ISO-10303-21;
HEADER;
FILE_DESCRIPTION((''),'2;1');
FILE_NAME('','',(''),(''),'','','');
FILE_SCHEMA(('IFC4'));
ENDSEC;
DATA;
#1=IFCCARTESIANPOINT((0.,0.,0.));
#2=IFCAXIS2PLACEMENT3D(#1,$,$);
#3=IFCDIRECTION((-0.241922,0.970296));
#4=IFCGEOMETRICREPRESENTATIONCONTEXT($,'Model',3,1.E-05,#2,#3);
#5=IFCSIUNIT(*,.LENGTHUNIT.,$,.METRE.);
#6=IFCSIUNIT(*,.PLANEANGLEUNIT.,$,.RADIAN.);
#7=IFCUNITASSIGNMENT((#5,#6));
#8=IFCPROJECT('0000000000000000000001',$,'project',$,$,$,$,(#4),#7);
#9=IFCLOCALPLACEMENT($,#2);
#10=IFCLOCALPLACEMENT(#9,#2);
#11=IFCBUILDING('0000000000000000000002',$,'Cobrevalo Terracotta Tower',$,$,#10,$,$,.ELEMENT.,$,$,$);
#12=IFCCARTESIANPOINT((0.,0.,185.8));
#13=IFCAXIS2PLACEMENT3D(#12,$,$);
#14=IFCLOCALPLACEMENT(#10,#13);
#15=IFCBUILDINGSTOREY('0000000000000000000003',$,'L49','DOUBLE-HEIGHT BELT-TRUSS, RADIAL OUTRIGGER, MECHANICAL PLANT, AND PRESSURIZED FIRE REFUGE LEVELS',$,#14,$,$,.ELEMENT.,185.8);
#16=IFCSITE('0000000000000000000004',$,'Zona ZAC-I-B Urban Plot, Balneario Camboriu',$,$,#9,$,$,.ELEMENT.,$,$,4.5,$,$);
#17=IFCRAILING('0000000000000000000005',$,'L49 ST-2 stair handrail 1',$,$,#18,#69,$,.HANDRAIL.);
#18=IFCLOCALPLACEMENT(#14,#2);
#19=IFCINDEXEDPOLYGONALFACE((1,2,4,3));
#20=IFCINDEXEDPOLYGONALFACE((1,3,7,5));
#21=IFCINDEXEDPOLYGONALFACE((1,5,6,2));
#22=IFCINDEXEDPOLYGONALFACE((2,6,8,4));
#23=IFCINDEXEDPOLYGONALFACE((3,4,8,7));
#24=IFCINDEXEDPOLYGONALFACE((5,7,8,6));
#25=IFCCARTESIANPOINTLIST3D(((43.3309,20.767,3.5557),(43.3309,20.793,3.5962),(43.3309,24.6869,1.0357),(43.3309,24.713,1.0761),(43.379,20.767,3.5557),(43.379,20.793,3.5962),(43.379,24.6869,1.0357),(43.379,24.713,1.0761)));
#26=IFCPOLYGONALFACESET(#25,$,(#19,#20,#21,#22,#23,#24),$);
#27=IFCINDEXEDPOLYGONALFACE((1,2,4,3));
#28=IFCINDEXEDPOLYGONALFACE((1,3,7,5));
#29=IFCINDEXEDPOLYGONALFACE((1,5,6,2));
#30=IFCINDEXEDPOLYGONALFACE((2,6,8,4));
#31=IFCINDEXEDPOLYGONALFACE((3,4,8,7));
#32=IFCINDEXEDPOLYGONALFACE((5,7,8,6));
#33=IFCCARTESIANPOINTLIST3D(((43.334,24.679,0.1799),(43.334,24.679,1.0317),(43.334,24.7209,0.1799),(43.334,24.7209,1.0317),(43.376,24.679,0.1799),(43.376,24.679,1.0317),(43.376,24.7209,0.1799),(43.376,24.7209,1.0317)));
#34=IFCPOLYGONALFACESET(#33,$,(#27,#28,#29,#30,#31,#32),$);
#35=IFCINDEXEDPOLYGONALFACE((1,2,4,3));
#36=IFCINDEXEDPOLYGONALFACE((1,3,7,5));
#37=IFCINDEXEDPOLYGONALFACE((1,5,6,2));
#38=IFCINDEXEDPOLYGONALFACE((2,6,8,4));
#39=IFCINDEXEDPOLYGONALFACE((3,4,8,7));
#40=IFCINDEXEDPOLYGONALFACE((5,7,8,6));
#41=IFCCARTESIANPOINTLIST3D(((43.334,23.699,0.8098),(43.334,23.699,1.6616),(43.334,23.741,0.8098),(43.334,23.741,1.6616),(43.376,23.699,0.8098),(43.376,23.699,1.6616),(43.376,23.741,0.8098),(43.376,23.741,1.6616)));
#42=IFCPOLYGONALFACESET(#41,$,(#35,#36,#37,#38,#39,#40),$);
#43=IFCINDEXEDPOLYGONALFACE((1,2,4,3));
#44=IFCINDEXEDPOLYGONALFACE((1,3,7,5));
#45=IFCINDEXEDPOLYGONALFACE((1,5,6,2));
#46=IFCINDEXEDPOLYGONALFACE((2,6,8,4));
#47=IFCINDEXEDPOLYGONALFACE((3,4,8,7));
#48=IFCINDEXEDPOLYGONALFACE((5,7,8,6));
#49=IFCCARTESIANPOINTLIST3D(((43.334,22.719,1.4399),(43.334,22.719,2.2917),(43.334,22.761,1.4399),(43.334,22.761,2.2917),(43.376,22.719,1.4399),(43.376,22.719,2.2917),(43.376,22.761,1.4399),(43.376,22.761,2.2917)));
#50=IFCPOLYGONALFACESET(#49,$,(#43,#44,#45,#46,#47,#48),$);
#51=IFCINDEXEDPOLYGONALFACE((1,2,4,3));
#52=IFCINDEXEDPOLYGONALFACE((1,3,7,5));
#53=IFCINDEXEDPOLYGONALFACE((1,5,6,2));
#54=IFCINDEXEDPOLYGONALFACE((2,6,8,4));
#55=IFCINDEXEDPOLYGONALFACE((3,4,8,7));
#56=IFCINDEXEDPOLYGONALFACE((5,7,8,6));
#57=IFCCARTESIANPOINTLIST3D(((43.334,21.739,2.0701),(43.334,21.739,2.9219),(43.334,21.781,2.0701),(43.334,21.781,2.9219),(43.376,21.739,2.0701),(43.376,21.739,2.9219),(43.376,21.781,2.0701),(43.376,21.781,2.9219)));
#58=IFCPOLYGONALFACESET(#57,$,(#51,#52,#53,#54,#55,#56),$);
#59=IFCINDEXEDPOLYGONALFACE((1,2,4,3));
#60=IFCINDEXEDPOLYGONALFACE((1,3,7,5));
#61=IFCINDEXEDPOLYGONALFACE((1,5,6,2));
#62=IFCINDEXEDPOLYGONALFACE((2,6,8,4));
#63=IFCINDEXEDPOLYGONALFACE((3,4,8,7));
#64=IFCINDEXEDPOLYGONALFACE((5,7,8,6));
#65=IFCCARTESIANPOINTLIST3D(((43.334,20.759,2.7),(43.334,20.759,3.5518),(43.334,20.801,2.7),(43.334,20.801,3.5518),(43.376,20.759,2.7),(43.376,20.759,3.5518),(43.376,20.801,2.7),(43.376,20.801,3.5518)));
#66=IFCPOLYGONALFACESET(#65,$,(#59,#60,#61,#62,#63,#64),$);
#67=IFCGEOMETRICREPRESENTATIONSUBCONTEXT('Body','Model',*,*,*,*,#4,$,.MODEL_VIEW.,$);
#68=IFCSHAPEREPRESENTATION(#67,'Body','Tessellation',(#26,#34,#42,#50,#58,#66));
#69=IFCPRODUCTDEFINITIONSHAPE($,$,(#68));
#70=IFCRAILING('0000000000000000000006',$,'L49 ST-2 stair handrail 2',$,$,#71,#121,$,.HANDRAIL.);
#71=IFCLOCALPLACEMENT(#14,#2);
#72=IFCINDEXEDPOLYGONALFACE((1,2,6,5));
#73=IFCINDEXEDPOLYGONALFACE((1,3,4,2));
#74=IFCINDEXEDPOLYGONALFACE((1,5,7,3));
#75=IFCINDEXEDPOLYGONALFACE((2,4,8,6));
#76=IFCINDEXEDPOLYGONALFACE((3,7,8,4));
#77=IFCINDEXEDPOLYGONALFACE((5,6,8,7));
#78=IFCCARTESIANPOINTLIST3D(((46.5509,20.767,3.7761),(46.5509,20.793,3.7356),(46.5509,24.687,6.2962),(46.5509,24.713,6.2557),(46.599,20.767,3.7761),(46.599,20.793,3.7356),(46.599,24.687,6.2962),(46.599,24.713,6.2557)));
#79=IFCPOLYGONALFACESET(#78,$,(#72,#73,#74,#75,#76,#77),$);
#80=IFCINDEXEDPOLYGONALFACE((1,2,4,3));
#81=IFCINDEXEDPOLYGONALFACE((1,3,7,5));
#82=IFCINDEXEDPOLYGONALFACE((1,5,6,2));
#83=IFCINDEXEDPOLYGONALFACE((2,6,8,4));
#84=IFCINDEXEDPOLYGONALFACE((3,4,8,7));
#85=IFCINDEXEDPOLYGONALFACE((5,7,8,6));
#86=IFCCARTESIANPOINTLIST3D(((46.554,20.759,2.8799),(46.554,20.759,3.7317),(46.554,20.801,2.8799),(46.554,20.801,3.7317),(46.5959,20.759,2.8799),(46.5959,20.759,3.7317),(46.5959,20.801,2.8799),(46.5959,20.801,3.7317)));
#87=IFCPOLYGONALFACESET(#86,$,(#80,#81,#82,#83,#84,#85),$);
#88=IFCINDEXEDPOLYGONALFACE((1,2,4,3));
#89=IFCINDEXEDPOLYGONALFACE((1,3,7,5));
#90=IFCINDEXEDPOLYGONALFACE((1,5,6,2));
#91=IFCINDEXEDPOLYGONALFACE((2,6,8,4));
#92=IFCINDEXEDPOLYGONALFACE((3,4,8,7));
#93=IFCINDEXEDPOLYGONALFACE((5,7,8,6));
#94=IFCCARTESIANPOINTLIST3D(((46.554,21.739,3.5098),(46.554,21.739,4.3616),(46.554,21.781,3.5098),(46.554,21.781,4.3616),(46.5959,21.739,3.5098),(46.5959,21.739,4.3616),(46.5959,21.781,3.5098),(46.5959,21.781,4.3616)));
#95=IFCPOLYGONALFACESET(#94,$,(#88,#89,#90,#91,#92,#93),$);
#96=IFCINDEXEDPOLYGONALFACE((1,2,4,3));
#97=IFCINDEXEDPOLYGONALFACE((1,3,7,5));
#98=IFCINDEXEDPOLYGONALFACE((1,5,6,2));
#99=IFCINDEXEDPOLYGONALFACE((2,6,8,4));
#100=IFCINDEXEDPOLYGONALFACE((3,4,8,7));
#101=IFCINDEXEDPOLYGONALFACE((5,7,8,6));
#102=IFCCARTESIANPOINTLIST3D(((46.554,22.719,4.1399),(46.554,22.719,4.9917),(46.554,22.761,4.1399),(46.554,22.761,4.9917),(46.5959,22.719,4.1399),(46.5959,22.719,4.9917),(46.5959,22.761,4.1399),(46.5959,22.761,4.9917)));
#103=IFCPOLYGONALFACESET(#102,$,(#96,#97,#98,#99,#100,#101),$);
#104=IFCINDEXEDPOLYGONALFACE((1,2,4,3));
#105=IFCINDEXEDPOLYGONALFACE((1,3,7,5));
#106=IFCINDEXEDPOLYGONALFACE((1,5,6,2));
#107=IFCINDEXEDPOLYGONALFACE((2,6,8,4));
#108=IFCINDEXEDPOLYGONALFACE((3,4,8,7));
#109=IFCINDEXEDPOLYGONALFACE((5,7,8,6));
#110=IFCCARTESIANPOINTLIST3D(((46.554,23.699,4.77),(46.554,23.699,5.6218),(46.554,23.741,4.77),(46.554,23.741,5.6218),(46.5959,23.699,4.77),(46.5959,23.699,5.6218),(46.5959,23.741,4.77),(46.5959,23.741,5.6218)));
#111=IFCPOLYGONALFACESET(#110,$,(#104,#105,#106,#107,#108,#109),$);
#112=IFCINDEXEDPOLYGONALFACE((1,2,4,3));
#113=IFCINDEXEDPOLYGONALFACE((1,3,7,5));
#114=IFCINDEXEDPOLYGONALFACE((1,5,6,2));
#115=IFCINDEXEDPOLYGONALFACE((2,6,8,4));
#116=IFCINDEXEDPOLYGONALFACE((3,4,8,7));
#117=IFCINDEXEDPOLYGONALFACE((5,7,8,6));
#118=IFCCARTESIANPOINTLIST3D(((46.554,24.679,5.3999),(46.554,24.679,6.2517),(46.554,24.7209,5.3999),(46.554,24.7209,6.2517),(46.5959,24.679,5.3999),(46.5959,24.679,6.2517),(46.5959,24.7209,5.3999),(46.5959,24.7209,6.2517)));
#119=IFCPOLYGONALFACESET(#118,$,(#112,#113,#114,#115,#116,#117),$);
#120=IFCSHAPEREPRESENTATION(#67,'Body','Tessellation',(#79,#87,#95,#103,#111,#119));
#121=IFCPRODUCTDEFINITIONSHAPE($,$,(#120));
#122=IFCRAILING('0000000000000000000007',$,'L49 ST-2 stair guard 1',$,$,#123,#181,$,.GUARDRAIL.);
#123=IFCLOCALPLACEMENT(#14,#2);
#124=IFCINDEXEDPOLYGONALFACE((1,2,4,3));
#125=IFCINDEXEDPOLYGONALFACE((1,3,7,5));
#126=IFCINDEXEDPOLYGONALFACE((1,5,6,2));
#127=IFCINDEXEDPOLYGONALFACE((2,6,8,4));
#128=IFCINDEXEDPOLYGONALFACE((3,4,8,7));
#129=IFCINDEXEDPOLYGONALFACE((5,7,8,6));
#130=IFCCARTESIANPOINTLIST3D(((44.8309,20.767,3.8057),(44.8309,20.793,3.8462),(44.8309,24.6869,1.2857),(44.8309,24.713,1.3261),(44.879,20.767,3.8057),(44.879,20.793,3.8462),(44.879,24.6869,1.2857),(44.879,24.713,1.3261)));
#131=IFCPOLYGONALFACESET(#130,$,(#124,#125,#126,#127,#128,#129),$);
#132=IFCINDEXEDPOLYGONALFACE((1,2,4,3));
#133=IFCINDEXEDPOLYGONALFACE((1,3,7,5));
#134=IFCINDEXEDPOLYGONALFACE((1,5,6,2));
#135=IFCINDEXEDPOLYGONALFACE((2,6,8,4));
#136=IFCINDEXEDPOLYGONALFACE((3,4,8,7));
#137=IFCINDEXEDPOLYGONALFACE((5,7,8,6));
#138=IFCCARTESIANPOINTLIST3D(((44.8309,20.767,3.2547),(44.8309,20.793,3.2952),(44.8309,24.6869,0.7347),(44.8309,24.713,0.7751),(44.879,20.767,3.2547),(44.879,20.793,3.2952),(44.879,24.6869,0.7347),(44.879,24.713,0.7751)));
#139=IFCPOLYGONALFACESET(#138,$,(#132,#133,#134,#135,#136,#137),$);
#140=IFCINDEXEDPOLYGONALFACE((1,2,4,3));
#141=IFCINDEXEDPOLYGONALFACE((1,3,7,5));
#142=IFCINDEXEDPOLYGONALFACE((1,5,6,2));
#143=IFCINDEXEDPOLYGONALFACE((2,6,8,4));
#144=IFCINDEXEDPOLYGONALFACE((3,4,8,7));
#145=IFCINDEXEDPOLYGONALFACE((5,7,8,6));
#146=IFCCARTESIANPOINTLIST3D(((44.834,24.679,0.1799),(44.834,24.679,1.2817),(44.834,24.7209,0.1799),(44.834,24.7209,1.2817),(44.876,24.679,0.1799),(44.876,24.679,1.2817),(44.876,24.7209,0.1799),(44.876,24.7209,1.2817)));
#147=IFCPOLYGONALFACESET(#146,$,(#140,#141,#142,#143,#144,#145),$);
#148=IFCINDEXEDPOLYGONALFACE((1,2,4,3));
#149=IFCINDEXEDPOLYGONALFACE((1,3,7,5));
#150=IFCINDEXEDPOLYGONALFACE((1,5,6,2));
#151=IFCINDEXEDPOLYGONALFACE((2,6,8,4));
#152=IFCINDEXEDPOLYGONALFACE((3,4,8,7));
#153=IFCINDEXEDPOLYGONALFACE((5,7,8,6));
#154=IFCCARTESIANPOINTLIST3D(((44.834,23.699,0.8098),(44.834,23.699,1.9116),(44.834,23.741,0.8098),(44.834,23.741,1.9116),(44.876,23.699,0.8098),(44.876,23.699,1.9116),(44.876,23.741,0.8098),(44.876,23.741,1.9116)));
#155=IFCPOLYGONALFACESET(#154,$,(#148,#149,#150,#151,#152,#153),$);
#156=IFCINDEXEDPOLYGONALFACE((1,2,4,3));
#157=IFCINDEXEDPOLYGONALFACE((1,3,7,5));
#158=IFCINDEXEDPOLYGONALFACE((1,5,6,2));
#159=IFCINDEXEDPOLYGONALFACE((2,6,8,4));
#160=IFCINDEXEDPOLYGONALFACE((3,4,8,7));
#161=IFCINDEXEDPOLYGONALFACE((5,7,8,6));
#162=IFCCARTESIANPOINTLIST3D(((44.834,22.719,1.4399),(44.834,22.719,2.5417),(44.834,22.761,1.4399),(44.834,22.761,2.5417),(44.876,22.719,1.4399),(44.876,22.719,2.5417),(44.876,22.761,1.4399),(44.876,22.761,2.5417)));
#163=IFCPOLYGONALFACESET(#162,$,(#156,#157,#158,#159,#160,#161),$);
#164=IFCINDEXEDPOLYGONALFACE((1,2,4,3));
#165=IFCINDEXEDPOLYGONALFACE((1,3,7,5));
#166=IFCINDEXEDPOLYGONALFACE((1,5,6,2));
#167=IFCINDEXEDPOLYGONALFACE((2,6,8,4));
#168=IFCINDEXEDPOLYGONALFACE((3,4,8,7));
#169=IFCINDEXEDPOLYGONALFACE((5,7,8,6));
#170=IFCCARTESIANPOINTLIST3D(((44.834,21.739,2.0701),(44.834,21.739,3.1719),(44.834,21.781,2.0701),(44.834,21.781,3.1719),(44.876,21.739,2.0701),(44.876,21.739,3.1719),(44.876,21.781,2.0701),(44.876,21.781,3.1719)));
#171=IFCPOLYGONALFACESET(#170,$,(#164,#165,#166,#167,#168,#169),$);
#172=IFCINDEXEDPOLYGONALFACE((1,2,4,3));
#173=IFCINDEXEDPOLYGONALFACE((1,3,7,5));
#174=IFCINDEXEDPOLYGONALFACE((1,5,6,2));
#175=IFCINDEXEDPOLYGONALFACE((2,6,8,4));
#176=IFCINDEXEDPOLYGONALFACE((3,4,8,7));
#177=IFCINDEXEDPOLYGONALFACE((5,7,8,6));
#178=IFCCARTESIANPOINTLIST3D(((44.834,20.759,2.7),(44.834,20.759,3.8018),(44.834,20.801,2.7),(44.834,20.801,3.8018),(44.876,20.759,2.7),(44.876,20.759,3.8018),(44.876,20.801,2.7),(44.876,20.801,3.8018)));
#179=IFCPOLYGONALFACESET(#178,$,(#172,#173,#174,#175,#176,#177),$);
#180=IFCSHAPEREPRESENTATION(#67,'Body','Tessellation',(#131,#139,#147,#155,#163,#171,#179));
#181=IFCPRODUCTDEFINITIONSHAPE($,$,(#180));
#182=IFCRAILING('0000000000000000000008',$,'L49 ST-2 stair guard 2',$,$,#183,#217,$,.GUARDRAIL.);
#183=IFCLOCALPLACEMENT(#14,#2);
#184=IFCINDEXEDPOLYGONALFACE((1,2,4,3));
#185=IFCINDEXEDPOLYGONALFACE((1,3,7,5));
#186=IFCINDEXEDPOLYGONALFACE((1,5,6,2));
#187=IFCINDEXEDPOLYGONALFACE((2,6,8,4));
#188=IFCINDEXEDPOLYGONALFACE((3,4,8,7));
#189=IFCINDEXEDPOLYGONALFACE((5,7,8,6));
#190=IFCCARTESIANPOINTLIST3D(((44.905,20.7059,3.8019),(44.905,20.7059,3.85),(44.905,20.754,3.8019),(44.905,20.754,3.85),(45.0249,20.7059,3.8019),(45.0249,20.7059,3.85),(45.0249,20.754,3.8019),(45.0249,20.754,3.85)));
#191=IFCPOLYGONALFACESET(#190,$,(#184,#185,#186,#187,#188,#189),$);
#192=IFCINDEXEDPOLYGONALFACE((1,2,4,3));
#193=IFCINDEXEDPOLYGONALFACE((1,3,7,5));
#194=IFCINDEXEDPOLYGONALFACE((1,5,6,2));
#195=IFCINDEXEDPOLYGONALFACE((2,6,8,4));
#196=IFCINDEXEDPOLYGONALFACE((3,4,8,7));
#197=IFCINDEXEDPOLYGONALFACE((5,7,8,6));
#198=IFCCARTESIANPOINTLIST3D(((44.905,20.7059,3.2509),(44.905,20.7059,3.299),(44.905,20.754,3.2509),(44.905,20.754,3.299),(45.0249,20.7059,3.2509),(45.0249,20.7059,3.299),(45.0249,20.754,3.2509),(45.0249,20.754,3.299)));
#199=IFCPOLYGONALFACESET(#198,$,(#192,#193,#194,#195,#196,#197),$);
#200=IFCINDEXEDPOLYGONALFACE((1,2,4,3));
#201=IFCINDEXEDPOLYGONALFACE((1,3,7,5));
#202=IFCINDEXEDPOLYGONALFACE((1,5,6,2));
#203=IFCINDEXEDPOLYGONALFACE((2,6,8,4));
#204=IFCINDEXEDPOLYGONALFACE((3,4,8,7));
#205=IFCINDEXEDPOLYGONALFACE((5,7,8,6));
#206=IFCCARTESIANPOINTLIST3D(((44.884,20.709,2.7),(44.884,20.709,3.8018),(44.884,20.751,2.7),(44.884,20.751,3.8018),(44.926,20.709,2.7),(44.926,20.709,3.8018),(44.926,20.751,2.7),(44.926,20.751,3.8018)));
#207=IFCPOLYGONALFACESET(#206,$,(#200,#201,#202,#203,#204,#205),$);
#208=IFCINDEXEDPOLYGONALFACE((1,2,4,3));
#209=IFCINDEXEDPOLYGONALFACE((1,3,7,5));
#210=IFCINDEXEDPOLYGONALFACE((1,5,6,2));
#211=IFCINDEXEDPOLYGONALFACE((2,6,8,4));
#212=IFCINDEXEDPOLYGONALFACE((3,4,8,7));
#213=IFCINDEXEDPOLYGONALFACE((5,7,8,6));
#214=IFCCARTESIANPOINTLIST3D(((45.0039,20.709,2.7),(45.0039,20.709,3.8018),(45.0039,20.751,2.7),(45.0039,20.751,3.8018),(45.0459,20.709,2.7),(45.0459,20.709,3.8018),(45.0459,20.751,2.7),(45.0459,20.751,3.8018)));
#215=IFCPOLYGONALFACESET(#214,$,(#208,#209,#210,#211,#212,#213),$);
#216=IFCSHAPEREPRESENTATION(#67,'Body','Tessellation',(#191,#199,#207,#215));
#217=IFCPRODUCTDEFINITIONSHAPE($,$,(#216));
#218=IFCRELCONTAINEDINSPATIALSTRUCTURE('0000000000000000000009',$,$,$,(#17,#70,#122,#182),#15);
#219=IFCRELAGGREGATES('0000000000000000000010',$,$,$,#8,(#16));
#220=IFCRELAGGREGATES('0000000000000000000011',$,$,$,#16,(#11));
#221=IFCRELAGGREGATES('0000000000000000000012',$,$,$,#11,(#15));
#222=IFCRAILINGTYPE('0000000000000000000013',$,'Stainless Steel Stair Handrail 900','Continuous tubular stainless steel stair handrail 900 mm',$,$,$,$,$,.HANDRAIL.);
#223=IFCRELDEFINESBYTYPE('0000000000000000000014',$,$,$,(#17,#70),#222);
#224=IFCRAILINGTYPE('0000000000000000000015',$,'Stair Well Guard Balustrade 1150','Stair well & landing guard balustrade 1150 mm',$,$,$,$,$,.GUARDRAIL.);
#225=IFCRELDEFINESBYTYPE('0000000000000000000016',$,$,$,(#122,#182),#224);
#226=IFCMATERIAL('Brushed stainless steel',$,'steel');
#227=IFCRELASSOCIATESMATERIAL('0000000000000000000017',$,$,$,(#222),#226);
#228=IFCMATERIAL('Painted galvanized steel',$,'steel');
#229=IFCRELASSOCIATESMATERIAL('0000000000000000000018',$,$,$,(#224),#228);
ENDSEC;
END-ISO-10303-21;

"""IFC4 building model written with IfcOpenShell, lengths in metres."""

from ifc_helpers import new_model, si_unit, direction, frame, origin, origin_2d, place, context, subcontext, project, spatial, rectangle, extrude, material, type_object, element, save


model = new_model("IFC4")

# Units and contexts
model_context = context("Model", 3, precision=1e-05, world=origin(), true_north=direction((-0.241922, 0.970296)))
body_context = subcontext(model_context, "Body", "Model", "MODEL_VIEW")
ifc_project = project(units=[si_unit("LENGTHUNIT", "METRE"), si_unit("PLANEANGLEUNIT", "RADIAN")], contexts=[model_context])

# Site, building, storey
site_placement = place(None, origin())
site = spatial("IfcSite", under=ifc_project, at=site_placement, Name="Zona ZAC-I-B Urban Plot, Balneario Camboriu", CompositionType="ELEMENT", RefElevation=4.5)
building_placement = place(site_placement, origin())
building = spatial("IfcBuilding", under=site, at=building_placement, Name="Cobrevalo Terracotta Tower", CompositionType="ELEMENT")
storey_placement = place(building_placement, frame((0.0, 0.0, 185.8)))
storey = spatial("IfcBuildingStorey", under=building, at=storey_placement, Name="L49", Description="DOUBLE-HEIGHT BELT-TRUSS, RADIAL OUTRIGGER, MECHANICAL PLANT, AND PRESSURIZED FIRE REFUGE LEVELS", CompositionType="ELEMENT", Elevation=185.8)

# Railings
ifc_material_1 = material(Name="Brushed stainless steel", Category="steel")
railing_type_1 = type_object("IfcRailingType", Name="Stainless Steel Stair Handrail 900", Description="Continuous tubular stainless steel stair handrail 900 mm", PredefinedType="HANDRAIL", material=ifc_material_1)
railing_1_placement = place(storey_placement, frame((43.355, 24.7, 0.1799)))
element("IfcRailing", 1, at=railing_1_placement, inside=storey, type_object=railing_type_1, Name="L49 ST-2 stair handrail 1", PredefinedType="HANDRAIL", context=body_context, shape_type="SweptSolid", body=[
    extrude(rectangle(XDim=0.0481, YDim=0.0481, at=origin_2d()), frame((0.0, 0.0, 0.876), z_axis=(0.0, -0.841172, 0.540768), x_axis=(1.0, 0.0, 0.0)), (0.0, 0.0, 1.0), 4.6602),
    extrude(rectangle(XDim=0.042, YDim=0.042, at=origin_2d()), origin(), (0.0, 0.0, 1.0), 0.8518),
    extrude(rectangle(XDim=0.042, YDim=0.042, at=origin_2d()), frame((0.0, -0.98, 0.6299)), (0.0, 0.0, 1.0), 0.8518),
    extrude(rectangle(XDim=0.042, YDim=0.042, at=origin_2d()), frame((0.0, -1.96, 1.26)), (0.0, 0.0, 1.0), 0.8518),
    extrude(rectangle(XDim=0.042, YDim=0.042, at=origin_2d()), frame((0.0, -2.9399, 1.8901)), (0.0, 0.0, 1.0), 0.8518),
    extrude(rectangle(XDim=0.042, YDim=0.042, at=origin_2d()), frame((0.0, -3.9199, 2.52)), (0.0, 0.0, 1.0), 0.8518),
])
railing_2_placement = place(storey_placement, frame((46.575, 20.78, 2.8799)))
element("IfcRailing", 2, at=railing_2_placement, inside=storey, type_object=railing_type_1, Name="L49 ST-2 stair handrail 2", PredefinedType="HANDRAIL", context=body_context, shape_type="SweptSolid", body=[
    extrude(rectangle(XDim=0.0481, YDim=0.0481, at=origin_2d()), frame((0.0, 0.0, 0.876), z_axis=(0.0, 0.841172, 0.540768), x_axis=(-1.0, 0.0, 0.0)), (0.0, 0.0, 1.0), 4.6602),
    extrude(rectangle(XDim=0.042, YDim=0.042, at=origin_2d()), origin(), (0.0, 0.0, 1.0), 0.8518),
    extrude(rectangle(XDim=0.042, YDim=0.042, at=origin_2d()), frame((0.0, 0.98, 0.6299)), (0.0, 0.0, 1.0), 0.8518),
    extrude(rectangle(XDim=0.042, YDim=0.042, at=origin_2d()), frame((0.0, 1.96, 1.26)), (0.0, 0.0, 1.0), 0.8518),
    extrude(rectangle(XDim=0.042, YDim=0.042, at=origin_2d()), frame((0.0, 2.9399, 1.8901)), (0.0, 0.0, 1.0), 0.8518),
    extrude(rectangle(XDim=0.042, YDim=0.042, at=origin_2d()), frame((0.0, 3.9199, 2.52)), (0.0, 0.0, 1.0), 0.8518),
])
ifc_material_2 = material(Name="Painted galvanized steel", Category="steel")
railing_type_2 = type_object("IfcRailingType", Name="Stair Well Guard Balustrade 1150", Description="Stair well & landing guard balustrade 1150 mm", PredefinedType="GUARDRAIL", material=ifc_material_2)
railing_3_placement = place(storey_placement, frame((44.855, 24.7, 0.1799)))
element("IfcRailing", 3, at=railing_3_placement, inside=storey, type_object=railing_type_2, Name="L49 ST-2 stair guard 1", PredefinedType="GUARDRAIL", context=body_context, shape_type="SweptSolid", body=[
    extrude(rectangle(XDim=0.0481, YDim=0.0481, at=origin_2d()), frame((0.0, 0.0, 1.126), z_axis=(0.0, -0.841172, 0.540768), x_axis=(1.0, 0.0, 0.0)), (0.0, 0.0, 1.0), 4.6602),
    extrude(rectangle(XDim=0.0481, YDim=0.0481, at=origin_2d()), frame((0.0, 0.0, 0.575), z_axis=(0.0, -0.841172, 0.540768), x_axis=(1.0, 0.0, 0.0)), (0.0, 0.0, 1.0), 4.6602),
    extrude(rectangle(XDim=0.042, YDim=0.042, at=origin_2d()), origin(), (0.0, 0.0, 1.0), 1.1018),
    extrude(rectangle(XDim=0.042, YDim=0.042, at=origin_2d()), frame((0.0, -0.98, 0.6299)), (0.0, 0.0, 1.0), 1.1018),
    extrude(rectangle(XDim=0.042, YDim=0.042, at=origin_2d()), frame((0.0, -1.96, 1.26)), (0.0, 0.0, 1.0), 1.1018),
    extrude(rectangle(XDim=0.042, YDim=0.042, at=origin_2d()), frame((0.0, -2.9399, 1.8901)), (0.0, 0.0, 1.0), 1.1018),
    extrude(rectangle(XDim=0.042, YDim=0.042, at=origin_2d()), frame((0.0, -3.9199, 2.52)), (0.0, 0.0, 1.0), 1.1018),
])
railing_4_placement = place(storey_placement, frame((44.905, 20.73, 2.7)))
element("IfcRailing", 4, at=railing_4_placement, inside=storey, type_object=railing_type_2, Name="L49 ST-2 stair guard 2", PredefinedType="GUARDRAIL", context=body_context, shape_type="SweptSolid", body=[
    extrude(rectangle(XDim=0.0481, YDim=0.0481, at=origin_2d()), frame((0.0, 0.0, 1.126), z_axis=(1.0, 0.0, 0.0), x_axis=(0.0, 1.0, 0.0)), (0.0, 0.0, 1.0), 0.1199),
    extrude(rectangle(XDim=0.0481, YDim=0.0481, at=origin_2d()), frame((0.0, 0.0, 0.575), z_axis=(1.0, 0.0, 0.0), x_axis=(0.0, 1.0, 0.0)), (0.0, 0.0, 1.0), 0.1199),
    extrude(rectangle(XDim=0.042, YDim=0.042, at=origin_2d()), origin(), (0.0, 0.0, 1.0), 1.1018),
    extrude(rectangle(XDim=0.042, YDim=0.042, at=origin_2d()), frame((0.1199, 0.0, 0.0)), (0.0, 0.0, 1.0), 1.1018),
])

save(model, "model.ifc")
